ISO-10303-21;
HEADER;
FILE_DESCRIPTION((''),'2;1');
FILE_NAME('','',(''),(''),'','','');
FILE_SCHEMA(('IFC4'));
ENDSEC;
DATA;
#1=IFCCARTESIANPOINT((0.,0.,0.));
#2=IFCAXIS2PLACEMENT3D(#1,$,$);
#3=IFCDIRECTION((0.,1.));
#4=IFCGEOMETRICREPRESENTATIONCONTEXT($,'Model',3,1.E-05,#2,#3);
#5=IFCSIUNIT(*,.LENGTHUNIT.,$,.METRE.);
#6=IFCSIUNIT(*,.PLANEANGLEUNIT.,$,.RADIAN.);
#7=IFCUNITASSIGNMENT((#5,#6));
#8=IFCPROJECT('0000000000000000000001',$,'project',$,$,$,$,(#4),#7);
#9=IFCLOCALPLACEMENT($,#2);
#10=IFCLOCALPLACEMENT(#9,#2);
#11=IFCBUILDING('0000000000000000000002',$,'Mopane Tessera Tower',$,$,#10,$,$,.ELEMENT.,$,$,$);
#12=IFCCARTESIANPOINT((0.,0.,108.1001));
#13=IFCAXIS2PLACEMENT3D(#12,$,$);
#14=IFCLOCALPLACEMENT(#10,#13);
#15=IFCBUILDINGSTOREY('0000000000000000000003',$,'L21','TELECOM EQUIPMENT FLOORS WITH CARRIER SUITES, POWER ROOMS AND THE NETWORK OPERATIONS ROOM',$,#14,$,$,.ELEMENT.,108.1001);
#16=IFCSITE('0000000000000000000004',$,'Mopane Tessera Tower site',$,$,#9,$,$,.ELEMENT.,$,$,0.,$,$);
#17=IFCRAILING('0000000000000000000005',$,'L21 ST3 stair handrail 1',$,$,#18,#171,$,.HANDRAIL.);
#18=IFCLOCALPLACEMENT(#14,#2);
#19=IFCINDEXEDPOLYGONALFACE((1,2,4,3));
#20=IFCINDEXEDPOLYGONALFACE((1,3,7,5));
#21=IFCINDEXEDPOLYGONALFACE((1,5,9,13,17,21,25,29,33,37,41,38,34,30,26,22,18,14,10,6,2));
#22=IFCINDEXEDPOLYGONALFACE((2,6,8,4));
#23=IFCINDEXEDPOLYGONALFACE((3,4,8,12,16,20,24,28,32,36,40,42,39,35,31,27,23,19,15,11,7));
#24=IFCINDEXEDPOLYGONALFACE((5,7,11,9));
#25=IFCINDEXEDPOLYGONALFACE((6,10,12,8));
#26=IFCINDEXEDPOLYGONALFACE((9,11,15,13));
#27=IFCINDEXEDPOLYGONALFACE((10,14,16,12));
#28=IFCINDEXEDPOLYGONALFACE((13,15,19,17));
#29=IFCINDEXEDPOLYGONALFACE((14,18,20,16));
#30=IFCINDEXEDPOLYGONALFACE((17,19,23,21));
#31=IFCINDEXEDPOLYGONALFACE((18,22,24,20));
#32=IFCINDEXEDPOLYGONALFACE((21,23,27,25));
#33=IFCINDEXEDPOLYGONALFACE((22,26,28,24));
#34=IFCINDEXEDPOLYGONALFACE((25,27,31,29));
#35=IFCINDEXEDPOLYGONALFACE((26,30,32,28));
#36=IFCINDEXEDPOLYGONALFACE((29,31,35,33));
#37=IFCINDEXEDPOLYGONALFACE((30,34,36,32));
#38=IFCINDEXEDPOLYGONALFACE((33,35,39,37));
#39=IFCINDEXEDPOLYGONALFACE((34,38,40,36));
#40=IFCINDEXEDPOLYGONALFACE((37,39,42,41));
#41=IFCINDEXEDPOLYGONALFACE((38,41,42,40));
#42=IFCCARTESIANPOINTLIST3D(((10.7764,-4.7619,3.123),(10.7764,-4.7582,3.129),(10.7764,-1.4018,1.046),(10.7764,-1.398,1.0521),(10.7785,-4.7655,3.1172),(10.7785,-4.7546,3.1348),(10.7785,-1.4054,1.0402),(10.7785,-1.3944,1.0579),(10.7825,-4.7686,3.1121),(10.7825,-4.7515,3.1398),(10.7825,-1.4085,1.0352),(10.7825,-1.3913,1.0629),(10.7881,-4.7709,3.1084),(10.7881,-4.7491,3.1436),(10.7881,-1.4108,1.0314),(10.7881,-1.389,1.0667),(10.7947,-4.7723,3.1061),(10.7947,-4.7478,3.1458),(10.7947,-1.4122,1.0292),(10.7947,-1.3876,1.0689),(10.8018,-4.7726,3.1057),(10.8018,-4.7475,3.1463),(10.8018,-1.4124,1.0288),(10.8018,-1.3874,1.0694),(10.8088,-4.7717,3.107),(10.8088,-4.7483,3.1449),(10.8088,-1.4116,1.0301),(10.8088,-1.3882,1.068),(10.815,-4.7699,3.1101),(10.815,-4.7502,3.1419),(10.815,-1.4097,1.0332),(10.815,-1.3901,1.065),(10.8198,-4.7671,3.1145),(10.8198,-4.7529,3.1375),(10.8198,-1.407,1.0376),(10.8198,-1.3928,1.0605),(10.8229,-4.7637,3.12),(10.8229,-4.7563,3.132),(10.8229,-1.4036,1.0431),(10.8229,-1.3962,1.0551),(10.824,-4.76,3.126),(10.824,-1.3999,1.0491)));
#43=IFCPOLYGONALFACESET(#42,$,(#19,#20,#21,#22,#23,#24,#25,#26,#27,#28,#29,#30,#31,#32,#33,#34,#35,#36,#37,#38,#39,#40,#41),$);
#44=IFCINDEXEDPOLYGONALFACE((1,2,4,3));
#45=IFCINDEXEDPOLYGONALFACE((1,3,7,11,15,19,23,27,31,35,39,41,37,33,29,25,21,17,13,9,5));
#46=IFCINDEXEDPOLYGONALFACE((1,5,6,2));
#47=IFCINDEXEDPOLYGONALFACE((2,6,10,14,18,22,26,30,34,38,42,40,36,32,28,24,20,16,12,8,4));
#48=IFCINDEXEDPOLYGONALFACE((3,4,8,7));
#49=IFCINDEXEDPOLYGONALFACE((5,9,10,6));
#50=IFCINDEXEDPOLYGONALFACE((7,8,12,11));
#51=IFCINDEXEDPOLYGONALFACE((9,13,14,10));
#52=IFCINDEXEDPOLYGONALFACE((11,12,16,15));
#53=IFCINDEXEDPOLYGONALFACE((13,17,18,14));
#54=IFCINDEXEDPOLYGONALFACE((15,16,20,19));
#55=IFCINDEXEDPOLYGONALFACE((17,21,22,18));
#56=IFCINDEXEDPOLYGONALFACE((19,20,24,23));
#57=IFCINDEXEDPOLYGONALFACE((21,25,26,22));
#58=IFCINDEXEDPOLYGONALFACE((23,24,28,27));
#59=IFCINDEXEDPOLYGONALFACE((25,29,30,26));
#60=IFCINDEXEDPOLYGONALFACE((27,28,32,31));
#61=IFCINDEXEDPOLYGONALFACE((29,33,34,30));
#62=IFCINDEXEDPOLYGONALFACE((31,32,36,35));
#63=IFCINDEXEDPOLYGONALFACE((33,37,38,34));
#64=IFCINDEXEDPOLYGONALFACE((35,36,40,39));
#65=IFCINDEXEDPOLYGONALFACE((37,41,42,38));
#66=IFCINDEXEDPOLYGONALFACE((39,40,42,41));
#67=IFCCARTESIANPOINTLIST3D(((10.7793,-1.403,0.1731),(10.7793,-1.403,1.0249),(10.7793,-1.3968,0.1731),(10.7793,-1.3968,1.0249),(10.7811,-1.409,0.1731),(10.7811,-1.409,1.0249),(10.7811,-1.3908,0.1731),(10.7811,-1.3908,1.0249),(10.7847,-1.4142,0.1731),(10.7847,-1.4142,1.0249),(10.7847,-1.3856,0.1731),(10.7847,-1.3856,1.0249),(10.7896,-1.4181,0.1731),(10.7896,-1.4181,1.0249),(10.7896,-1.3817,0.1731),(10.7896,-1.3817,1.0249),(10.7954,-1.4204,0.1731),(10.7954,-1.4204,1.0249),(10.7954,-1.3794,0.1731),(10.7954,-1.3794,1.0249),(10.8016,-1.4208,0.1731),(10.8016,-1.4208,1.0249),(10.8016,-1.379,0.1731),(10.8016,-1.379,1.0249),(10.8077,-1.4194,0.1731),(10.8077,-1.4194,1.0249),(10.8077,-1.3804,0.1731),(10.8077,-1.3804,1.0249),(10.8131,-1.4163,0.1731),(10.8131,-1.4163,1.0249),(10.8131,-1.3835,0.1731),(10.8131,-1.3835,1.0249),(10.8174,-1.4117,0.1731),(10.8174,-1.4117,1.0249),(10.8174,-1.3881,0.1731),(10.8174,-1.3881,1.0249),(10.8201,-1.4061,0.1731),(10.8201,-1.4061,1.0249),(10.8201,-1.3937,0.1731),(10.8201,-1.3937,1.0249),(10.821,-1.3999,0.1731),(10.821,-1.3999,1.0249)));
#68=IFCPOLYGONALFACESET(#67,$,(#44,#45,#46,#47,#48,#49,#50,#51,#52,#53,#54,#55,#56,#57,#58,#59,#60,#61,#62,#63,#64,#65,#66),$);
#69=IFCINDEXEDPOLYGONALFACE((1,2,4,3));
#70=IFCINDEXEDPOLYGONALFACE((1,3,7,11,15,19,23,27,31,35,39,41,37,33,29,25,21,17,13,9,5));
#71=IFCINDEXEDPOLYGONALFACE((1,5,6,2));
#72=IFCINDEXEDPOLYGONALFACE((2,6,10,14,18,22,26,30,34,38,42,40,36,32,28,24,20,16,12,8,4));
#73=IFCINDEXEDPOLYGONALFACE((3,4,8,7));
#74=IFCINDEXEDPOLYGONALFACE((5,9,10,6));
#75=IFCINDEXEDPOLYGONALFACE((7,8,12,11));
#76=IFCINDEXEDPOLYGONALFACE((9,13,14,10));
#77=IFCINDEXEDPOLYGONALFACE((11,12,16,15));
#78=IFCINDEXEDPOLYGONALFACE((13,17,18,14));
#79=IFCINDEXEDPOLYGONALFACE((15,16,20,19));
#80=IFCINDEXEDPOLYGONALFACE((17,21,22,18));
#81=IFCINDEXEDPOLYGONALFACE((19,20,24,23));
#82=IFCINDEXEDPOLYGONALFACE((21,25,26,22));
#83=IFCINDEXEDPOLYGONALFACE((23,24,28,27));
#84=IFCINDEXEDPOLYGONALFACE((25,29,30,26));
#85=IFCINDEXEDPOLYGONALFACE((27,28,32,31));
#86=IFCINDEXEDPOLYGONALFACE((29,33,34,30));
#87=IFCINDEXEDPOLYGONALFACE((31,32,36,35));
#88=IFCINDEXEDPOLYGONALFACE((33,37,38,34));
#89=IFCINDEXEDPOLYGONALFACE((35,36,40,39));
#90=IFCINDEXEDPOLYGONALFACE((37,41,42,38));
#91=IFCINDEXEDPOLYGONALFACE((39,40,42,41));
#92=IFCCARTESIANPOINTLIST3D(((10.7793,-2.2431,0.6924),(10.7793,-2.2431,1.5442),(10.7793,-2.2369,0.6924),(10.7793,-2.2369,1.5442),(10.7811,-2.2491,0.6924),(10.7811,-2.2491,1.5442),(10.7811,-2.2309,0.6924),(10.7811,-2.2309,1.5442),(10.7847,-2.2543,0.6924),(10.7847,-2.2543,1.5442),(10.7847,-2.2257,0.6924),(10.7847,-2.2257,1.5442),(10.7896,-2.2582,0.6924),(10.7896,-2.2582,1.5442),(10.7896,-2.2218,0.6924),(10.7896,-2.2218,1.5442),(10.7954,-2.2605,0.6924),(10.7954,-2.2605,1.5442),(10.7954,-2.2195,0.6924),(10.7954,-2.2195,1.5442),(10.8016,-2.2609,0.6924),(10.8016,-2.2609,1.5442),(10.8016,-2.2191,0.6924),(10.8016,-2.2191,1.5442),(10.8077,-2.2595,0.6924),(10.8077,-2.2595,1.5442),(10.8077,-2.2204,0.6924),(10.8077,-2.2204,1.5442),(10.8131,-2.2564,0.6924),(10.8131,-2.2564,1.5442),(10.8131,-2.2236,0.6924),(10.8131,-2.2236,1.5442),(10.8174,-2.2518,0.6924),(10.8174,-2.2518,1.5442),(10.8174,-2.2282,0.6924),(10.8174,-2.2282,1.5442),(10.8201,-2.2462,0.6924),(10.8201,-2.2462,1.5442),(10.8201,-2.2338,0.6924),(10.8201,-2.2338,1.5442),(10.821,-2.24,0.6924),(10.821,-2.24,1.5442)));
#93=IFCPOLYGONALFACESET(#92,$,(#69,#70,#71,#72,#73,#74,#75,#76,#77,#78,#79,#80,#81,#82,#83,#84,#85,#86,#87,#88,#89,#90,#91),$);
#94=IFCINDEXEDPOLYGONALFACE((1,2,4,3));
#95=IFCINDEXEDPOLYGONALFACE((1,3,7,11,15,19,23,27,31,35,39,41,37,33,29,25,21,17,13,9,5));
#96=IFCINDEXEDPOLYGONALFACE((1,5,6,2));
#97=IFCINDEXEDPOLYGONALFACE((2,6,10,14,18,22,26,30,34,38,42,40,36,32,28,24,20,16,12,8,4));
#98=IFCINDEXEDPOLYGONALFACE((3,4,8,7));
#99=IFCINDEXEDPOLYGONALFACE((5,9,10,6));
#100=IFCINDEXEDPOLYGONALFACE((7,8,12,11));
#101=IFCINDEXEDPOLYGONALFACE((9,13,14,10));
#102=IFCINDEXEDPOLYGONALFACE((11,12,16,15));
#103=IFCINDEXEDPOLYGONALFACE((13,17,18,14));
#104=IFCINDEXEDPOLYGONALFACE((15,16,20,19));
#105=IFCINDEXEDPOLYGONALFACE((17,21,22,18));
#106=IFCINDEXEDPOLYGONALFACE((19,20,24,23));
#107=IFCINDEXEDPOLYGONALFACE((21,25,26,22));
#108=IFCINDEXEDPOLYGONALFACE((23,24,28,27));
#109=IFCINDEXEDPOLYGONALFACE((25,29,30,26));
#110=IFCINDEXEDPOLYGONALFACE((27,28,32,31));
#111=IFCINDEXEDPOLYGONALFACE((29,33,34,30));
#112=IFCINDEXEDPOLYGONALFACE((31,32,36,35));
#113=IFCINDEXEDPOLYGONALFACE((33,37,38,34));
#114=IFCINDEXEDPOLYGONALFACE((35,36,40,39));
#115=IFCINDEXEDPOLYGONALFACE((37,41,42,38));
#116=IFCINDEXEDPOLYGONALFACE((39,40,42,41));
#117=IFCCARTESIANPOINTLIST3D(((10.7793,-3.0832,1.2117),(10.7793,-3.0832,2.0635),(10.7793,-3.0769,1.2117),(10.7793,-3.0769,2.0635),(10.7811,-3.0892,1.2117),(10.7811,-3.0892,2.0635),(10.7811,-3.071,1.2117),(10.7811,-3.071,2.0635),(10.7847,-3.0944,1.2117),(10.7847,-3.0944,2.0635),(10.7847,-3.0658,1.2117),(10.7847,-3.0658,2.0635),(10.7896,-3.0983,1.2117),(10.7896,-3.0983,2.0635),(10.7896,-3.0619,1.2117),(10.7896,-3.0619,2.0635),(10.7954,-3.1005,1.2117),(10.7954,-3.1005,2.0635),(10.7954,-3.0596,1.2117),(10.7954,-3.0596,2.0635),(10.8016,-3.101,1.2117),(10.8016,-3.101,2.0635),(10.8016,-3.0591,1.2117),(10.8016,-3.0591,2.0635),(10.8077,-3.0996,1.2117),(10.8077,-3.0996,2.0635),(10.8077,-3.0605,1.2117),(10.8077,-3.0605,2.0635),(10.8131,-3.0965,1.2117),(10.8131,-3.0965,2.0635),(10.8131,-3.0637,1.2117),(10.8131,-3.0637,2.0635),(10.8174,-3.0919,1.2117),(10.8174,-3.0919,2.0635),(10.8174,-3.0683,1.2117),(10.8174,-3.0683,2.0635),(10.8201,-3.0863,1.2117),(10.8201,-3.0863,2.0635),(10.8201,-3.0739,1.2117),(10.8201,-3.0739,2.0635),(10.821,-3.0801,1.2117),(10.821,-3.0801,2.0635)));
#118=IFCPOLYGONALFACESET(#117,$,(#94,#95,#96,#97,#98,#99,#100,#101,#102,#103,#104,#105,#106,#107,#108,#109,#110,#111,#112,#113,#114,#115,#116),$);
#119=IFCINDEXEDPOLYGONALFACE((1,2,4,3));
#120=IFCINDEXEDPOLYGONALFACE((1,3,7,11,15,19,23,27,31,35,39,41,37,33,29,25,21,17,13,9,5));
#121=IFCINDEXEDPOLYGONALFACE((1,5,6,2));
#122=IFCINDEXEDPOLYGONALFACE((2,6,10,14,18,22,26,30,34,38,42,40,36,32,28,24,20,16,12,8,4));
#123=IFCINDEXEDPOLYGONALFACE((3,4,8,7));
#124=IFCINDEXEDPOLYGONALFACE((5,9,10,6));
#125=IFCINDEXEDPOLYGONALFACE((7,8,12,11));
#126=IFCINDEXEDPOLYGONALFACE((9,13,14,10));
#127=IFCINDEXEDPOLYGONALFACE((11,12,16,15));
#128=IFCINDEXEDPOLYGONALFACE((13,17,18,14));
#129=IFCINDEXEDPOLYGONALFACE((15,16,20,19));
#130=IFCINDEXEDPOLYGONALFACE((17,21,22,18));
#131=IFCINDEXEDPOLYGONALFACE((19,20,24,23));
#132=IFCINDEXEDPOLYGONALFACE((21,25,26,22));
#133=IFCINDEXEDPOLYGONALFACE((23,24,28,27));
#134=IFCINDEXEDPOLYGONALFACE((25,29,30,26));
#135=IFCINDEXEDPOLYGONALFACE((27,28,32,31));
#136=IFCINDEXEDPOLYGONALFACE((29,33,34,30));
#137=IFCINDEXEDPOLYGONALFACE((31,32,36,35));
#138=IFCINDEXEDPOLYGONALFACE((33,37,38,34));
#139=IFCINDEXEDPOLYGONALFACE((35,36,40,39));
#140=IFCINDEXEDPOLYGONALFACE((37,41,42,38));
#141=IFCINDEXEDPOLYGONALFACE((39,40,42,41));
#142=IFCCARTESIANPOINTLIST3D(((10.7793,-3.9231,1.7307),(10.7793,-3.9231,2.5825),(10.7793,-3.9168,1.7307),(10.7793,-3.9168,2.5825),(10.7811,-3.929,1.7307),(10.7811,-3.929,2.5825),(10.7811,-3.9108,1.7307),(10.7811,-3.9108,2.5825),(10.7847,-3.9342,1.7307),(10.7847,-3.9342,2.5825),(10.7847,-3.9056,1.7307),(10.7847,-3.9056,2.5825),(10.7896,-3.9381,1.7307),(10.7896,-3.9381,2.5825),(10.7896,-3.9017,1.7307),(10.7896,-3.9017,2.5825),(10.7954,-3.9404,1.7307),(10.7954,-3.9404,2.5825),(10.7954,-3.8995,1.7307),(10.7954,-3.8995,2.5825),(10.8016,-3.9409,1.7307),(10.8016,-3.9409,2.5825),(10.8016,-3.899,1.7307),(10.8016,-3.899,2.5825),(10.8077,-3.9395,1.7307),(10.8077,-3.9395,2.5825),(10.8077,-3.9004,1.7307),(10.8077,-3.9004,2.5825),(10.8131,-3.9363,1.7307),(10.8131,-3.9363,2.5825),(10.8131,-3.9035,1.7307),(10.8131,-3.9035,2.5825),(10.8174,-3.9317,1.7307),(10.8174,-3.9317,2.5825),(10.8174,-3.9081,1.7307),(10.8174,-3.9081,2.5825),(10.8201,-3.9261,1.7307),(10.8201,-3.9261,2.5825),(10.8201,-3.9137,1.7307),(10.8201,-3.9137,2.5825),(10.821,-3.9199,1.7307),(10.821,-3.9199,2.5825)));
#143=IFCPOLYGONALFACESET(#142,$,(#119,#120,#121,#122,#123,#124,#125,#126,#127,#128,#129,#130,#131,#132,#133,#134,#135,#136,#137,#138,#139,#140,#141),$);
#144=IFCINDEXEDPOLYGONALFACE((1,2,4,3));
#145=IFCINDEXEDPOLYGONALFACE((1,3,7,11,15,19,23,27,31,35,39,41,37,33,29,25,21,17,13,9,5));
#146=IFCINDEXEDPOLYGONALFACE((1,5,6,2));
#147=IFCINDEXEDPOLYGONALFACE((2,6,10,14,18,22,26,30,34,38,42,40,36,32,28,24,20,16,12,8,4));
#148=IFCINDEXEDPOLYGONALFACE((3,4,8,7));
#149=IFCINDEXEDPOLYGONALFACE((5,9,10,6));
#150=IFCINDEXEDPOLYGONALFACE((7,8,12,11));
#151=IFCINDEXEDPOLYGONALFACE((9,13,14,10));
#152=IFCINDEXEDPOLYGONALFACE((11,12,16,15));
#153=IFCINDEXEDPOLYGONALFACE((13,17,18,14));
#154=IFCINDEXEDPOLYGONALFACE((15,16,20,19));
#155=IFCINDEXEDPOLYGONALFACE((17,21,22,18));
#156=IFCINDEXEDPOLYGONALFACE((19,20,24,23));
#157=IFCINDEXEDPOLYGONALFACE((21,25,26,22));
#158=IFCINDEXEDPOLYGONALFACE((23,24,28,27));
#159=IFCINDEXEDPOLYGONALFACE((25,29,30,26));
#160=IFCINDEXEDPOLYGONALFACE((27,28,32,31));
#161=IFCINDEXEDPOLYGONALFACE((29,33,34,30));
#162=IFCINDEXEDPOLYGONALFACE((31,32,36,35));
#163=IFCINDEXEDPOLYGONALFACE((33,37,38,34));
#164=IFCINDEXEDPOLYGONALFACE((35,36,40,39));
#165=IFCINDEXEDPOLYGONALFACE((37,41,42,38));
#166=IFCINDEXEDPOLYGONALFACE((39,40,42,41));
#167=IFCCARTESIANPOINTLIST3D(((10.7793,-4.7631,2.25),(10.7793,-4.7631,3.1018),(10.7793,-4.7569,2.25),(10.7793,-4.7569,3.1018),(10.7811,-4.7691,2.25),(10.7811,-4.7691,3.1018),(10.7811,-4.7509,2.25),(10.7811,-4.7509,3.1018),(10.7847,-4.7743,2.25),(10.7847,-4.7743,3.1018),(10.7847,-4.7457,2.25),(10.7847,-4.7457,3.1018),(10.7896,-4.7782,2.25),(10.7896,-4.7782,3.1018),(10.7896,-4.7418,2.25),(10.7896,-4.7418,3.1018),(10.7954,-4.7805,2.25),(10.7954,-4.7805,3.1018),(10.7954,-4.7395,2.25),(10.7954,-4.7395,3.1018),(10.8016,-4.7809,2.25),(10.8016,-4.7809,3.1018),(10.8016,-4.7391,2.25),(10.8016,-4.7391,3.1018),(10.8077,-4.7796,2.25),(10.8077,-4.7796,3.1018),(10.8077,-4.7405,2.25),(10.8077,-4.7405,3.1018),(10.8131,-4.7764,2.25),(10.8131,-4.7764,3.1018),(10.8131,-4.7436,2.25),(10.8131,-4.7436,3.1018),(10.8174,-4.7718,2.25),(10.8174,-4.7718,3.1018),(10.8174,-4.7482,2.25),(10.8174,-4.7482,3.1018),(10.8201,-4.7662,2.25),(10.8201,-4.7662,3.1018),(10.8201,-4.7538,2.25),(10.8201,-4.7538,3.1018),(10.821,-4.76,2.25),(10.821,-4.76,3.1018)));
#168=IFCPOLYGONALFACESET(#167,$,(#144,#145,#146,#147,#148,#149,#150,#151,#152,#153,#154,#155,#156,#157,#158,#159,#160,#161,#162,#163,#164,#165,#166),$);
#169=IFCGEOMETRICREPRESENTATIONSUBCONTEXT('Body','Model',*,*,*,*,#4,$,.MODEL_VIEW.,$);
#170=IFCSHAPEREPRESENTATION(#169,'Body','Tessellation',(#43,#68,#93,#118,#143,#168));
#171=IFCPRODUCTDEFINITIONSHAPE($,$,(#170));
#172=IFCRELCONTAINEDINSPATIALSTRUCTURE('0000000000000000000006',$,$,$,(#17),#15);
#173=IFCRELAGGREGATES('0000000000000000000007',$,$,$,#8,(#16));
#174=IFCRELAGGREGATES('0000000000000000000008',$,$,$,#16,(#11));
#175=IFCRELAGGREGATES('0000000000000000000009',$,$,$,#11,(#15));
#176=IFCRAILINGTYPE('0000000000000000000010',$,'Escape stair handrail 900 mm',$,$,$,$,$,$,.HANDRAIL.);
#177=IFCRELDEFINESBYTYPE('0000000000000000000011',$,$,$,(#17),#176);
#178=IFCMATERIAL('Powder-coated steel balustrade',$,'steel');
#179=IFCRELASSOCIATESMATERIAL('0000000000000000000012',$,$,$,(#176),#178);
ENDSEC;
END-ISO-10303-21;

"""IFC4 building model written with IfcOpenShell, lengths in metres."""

from ifc_helpers import new_model, si_unit, direction, frame, origin, origin_2d, place, context, subcontext, project, spatial, circle, extrude, material, type_object, element, save


model = new_model("IFC4")

# Units and contexts
model_context = context("Model", 3, precision=1e-05, world=origin(), true_north=direction((0.0, 1.0)))
body_context = subcontext(model_context, "Body", "Model", "MODEL_VIEW")
ifc_project = project(units=[si_unit("LENGTHUNIT", "METRE"), si_unit("PLANEANGLEUNIT", "RADIAN")], contexts=[model_context])

# Site, building, storey
site_placement = place(None, origin())
site = spatial("IfcSite", under=ifc_project, at=site_placement, Name="Mopane Tessera Tower site", CompositionType="ELEMENT", RefElevation=0.0)
building_placement = place(site_placement, origin())
building = spatial("IfcBuilding", under=site, at=building_placement, Name="Mopane Tessera Tower", CompositionType="ELEMENT")
storey_placement = place(building_placement, frame((0.0, 0.0, 108.1001)))
storey = spatial("IfcBuildingStorey", under=building, at=storey_placement, Name="L21", Description="TELECOM EQUIPMENT FLOORS WITH CARRIER SUITES, POWER ROOMS AND THE NETWORK OPERATIONS ROOM", CompositionType="ELEMENT", Elevation=108.1001)

# Railing
ifc_material_1 = material(Name="Powder-coated steel balustrade", Category="steel")
railing_type_1 = type_object("IfcRailingType", Name="Escape stair handrail 900 mm", PredefinedType="HANDRAIL", material=ifc_material_1)
railing_1_placement = place(storey_placement, frame((10.8, -1.3999, 0.1731)))
element("IfcRailing", 1, at=railing_1_placement, inside=storey, type_object=railing_type_1, Name="L21 ST3 stair handrail 1", PredefinedType="HANDRAIL", context=body_context, shape_type="SweptSolid", body=[
    extrude(circle(Radius=0.0239, at=origin_2d()), frame((0.0, 0.0, 0.876), z_axis=(0.0, -0.850623, 0.525776), x_axis=(1.0, 0.0, 0.0)), (0.0, 0.0, 1.0), 3.9502),
    extrude(circle(Radius=0.021, at=origin_2d()), origin(), (0.0, 0.0, 1.0), 0.8518),
    extrude(circle(Radius=0.021, at=origin_2d()), frame((0.0, -0.8401, 0.5193)), (0.0, 0.0, 1.0), 0.8518),
    extrude(circle(Radius=0.021, at=origin_2d()), frame((0.0, -1.6802, 1.0386)), (0.0, 0.0, 1.0), 0.8518),
    extrude(circle(Radius=0.021, at=origin_2d()), frame((0.0, -2.52, 1.5576)), (0.0, 0.0, 1.0), 0.8518),
    extrude(circle(Radius=0.021, at=origin_2d()), frame((0.0, -3.3601, 2.0769)), (0.0, 0.0, 1.0), 0.8518),
])

save(model, "model.ifc")
